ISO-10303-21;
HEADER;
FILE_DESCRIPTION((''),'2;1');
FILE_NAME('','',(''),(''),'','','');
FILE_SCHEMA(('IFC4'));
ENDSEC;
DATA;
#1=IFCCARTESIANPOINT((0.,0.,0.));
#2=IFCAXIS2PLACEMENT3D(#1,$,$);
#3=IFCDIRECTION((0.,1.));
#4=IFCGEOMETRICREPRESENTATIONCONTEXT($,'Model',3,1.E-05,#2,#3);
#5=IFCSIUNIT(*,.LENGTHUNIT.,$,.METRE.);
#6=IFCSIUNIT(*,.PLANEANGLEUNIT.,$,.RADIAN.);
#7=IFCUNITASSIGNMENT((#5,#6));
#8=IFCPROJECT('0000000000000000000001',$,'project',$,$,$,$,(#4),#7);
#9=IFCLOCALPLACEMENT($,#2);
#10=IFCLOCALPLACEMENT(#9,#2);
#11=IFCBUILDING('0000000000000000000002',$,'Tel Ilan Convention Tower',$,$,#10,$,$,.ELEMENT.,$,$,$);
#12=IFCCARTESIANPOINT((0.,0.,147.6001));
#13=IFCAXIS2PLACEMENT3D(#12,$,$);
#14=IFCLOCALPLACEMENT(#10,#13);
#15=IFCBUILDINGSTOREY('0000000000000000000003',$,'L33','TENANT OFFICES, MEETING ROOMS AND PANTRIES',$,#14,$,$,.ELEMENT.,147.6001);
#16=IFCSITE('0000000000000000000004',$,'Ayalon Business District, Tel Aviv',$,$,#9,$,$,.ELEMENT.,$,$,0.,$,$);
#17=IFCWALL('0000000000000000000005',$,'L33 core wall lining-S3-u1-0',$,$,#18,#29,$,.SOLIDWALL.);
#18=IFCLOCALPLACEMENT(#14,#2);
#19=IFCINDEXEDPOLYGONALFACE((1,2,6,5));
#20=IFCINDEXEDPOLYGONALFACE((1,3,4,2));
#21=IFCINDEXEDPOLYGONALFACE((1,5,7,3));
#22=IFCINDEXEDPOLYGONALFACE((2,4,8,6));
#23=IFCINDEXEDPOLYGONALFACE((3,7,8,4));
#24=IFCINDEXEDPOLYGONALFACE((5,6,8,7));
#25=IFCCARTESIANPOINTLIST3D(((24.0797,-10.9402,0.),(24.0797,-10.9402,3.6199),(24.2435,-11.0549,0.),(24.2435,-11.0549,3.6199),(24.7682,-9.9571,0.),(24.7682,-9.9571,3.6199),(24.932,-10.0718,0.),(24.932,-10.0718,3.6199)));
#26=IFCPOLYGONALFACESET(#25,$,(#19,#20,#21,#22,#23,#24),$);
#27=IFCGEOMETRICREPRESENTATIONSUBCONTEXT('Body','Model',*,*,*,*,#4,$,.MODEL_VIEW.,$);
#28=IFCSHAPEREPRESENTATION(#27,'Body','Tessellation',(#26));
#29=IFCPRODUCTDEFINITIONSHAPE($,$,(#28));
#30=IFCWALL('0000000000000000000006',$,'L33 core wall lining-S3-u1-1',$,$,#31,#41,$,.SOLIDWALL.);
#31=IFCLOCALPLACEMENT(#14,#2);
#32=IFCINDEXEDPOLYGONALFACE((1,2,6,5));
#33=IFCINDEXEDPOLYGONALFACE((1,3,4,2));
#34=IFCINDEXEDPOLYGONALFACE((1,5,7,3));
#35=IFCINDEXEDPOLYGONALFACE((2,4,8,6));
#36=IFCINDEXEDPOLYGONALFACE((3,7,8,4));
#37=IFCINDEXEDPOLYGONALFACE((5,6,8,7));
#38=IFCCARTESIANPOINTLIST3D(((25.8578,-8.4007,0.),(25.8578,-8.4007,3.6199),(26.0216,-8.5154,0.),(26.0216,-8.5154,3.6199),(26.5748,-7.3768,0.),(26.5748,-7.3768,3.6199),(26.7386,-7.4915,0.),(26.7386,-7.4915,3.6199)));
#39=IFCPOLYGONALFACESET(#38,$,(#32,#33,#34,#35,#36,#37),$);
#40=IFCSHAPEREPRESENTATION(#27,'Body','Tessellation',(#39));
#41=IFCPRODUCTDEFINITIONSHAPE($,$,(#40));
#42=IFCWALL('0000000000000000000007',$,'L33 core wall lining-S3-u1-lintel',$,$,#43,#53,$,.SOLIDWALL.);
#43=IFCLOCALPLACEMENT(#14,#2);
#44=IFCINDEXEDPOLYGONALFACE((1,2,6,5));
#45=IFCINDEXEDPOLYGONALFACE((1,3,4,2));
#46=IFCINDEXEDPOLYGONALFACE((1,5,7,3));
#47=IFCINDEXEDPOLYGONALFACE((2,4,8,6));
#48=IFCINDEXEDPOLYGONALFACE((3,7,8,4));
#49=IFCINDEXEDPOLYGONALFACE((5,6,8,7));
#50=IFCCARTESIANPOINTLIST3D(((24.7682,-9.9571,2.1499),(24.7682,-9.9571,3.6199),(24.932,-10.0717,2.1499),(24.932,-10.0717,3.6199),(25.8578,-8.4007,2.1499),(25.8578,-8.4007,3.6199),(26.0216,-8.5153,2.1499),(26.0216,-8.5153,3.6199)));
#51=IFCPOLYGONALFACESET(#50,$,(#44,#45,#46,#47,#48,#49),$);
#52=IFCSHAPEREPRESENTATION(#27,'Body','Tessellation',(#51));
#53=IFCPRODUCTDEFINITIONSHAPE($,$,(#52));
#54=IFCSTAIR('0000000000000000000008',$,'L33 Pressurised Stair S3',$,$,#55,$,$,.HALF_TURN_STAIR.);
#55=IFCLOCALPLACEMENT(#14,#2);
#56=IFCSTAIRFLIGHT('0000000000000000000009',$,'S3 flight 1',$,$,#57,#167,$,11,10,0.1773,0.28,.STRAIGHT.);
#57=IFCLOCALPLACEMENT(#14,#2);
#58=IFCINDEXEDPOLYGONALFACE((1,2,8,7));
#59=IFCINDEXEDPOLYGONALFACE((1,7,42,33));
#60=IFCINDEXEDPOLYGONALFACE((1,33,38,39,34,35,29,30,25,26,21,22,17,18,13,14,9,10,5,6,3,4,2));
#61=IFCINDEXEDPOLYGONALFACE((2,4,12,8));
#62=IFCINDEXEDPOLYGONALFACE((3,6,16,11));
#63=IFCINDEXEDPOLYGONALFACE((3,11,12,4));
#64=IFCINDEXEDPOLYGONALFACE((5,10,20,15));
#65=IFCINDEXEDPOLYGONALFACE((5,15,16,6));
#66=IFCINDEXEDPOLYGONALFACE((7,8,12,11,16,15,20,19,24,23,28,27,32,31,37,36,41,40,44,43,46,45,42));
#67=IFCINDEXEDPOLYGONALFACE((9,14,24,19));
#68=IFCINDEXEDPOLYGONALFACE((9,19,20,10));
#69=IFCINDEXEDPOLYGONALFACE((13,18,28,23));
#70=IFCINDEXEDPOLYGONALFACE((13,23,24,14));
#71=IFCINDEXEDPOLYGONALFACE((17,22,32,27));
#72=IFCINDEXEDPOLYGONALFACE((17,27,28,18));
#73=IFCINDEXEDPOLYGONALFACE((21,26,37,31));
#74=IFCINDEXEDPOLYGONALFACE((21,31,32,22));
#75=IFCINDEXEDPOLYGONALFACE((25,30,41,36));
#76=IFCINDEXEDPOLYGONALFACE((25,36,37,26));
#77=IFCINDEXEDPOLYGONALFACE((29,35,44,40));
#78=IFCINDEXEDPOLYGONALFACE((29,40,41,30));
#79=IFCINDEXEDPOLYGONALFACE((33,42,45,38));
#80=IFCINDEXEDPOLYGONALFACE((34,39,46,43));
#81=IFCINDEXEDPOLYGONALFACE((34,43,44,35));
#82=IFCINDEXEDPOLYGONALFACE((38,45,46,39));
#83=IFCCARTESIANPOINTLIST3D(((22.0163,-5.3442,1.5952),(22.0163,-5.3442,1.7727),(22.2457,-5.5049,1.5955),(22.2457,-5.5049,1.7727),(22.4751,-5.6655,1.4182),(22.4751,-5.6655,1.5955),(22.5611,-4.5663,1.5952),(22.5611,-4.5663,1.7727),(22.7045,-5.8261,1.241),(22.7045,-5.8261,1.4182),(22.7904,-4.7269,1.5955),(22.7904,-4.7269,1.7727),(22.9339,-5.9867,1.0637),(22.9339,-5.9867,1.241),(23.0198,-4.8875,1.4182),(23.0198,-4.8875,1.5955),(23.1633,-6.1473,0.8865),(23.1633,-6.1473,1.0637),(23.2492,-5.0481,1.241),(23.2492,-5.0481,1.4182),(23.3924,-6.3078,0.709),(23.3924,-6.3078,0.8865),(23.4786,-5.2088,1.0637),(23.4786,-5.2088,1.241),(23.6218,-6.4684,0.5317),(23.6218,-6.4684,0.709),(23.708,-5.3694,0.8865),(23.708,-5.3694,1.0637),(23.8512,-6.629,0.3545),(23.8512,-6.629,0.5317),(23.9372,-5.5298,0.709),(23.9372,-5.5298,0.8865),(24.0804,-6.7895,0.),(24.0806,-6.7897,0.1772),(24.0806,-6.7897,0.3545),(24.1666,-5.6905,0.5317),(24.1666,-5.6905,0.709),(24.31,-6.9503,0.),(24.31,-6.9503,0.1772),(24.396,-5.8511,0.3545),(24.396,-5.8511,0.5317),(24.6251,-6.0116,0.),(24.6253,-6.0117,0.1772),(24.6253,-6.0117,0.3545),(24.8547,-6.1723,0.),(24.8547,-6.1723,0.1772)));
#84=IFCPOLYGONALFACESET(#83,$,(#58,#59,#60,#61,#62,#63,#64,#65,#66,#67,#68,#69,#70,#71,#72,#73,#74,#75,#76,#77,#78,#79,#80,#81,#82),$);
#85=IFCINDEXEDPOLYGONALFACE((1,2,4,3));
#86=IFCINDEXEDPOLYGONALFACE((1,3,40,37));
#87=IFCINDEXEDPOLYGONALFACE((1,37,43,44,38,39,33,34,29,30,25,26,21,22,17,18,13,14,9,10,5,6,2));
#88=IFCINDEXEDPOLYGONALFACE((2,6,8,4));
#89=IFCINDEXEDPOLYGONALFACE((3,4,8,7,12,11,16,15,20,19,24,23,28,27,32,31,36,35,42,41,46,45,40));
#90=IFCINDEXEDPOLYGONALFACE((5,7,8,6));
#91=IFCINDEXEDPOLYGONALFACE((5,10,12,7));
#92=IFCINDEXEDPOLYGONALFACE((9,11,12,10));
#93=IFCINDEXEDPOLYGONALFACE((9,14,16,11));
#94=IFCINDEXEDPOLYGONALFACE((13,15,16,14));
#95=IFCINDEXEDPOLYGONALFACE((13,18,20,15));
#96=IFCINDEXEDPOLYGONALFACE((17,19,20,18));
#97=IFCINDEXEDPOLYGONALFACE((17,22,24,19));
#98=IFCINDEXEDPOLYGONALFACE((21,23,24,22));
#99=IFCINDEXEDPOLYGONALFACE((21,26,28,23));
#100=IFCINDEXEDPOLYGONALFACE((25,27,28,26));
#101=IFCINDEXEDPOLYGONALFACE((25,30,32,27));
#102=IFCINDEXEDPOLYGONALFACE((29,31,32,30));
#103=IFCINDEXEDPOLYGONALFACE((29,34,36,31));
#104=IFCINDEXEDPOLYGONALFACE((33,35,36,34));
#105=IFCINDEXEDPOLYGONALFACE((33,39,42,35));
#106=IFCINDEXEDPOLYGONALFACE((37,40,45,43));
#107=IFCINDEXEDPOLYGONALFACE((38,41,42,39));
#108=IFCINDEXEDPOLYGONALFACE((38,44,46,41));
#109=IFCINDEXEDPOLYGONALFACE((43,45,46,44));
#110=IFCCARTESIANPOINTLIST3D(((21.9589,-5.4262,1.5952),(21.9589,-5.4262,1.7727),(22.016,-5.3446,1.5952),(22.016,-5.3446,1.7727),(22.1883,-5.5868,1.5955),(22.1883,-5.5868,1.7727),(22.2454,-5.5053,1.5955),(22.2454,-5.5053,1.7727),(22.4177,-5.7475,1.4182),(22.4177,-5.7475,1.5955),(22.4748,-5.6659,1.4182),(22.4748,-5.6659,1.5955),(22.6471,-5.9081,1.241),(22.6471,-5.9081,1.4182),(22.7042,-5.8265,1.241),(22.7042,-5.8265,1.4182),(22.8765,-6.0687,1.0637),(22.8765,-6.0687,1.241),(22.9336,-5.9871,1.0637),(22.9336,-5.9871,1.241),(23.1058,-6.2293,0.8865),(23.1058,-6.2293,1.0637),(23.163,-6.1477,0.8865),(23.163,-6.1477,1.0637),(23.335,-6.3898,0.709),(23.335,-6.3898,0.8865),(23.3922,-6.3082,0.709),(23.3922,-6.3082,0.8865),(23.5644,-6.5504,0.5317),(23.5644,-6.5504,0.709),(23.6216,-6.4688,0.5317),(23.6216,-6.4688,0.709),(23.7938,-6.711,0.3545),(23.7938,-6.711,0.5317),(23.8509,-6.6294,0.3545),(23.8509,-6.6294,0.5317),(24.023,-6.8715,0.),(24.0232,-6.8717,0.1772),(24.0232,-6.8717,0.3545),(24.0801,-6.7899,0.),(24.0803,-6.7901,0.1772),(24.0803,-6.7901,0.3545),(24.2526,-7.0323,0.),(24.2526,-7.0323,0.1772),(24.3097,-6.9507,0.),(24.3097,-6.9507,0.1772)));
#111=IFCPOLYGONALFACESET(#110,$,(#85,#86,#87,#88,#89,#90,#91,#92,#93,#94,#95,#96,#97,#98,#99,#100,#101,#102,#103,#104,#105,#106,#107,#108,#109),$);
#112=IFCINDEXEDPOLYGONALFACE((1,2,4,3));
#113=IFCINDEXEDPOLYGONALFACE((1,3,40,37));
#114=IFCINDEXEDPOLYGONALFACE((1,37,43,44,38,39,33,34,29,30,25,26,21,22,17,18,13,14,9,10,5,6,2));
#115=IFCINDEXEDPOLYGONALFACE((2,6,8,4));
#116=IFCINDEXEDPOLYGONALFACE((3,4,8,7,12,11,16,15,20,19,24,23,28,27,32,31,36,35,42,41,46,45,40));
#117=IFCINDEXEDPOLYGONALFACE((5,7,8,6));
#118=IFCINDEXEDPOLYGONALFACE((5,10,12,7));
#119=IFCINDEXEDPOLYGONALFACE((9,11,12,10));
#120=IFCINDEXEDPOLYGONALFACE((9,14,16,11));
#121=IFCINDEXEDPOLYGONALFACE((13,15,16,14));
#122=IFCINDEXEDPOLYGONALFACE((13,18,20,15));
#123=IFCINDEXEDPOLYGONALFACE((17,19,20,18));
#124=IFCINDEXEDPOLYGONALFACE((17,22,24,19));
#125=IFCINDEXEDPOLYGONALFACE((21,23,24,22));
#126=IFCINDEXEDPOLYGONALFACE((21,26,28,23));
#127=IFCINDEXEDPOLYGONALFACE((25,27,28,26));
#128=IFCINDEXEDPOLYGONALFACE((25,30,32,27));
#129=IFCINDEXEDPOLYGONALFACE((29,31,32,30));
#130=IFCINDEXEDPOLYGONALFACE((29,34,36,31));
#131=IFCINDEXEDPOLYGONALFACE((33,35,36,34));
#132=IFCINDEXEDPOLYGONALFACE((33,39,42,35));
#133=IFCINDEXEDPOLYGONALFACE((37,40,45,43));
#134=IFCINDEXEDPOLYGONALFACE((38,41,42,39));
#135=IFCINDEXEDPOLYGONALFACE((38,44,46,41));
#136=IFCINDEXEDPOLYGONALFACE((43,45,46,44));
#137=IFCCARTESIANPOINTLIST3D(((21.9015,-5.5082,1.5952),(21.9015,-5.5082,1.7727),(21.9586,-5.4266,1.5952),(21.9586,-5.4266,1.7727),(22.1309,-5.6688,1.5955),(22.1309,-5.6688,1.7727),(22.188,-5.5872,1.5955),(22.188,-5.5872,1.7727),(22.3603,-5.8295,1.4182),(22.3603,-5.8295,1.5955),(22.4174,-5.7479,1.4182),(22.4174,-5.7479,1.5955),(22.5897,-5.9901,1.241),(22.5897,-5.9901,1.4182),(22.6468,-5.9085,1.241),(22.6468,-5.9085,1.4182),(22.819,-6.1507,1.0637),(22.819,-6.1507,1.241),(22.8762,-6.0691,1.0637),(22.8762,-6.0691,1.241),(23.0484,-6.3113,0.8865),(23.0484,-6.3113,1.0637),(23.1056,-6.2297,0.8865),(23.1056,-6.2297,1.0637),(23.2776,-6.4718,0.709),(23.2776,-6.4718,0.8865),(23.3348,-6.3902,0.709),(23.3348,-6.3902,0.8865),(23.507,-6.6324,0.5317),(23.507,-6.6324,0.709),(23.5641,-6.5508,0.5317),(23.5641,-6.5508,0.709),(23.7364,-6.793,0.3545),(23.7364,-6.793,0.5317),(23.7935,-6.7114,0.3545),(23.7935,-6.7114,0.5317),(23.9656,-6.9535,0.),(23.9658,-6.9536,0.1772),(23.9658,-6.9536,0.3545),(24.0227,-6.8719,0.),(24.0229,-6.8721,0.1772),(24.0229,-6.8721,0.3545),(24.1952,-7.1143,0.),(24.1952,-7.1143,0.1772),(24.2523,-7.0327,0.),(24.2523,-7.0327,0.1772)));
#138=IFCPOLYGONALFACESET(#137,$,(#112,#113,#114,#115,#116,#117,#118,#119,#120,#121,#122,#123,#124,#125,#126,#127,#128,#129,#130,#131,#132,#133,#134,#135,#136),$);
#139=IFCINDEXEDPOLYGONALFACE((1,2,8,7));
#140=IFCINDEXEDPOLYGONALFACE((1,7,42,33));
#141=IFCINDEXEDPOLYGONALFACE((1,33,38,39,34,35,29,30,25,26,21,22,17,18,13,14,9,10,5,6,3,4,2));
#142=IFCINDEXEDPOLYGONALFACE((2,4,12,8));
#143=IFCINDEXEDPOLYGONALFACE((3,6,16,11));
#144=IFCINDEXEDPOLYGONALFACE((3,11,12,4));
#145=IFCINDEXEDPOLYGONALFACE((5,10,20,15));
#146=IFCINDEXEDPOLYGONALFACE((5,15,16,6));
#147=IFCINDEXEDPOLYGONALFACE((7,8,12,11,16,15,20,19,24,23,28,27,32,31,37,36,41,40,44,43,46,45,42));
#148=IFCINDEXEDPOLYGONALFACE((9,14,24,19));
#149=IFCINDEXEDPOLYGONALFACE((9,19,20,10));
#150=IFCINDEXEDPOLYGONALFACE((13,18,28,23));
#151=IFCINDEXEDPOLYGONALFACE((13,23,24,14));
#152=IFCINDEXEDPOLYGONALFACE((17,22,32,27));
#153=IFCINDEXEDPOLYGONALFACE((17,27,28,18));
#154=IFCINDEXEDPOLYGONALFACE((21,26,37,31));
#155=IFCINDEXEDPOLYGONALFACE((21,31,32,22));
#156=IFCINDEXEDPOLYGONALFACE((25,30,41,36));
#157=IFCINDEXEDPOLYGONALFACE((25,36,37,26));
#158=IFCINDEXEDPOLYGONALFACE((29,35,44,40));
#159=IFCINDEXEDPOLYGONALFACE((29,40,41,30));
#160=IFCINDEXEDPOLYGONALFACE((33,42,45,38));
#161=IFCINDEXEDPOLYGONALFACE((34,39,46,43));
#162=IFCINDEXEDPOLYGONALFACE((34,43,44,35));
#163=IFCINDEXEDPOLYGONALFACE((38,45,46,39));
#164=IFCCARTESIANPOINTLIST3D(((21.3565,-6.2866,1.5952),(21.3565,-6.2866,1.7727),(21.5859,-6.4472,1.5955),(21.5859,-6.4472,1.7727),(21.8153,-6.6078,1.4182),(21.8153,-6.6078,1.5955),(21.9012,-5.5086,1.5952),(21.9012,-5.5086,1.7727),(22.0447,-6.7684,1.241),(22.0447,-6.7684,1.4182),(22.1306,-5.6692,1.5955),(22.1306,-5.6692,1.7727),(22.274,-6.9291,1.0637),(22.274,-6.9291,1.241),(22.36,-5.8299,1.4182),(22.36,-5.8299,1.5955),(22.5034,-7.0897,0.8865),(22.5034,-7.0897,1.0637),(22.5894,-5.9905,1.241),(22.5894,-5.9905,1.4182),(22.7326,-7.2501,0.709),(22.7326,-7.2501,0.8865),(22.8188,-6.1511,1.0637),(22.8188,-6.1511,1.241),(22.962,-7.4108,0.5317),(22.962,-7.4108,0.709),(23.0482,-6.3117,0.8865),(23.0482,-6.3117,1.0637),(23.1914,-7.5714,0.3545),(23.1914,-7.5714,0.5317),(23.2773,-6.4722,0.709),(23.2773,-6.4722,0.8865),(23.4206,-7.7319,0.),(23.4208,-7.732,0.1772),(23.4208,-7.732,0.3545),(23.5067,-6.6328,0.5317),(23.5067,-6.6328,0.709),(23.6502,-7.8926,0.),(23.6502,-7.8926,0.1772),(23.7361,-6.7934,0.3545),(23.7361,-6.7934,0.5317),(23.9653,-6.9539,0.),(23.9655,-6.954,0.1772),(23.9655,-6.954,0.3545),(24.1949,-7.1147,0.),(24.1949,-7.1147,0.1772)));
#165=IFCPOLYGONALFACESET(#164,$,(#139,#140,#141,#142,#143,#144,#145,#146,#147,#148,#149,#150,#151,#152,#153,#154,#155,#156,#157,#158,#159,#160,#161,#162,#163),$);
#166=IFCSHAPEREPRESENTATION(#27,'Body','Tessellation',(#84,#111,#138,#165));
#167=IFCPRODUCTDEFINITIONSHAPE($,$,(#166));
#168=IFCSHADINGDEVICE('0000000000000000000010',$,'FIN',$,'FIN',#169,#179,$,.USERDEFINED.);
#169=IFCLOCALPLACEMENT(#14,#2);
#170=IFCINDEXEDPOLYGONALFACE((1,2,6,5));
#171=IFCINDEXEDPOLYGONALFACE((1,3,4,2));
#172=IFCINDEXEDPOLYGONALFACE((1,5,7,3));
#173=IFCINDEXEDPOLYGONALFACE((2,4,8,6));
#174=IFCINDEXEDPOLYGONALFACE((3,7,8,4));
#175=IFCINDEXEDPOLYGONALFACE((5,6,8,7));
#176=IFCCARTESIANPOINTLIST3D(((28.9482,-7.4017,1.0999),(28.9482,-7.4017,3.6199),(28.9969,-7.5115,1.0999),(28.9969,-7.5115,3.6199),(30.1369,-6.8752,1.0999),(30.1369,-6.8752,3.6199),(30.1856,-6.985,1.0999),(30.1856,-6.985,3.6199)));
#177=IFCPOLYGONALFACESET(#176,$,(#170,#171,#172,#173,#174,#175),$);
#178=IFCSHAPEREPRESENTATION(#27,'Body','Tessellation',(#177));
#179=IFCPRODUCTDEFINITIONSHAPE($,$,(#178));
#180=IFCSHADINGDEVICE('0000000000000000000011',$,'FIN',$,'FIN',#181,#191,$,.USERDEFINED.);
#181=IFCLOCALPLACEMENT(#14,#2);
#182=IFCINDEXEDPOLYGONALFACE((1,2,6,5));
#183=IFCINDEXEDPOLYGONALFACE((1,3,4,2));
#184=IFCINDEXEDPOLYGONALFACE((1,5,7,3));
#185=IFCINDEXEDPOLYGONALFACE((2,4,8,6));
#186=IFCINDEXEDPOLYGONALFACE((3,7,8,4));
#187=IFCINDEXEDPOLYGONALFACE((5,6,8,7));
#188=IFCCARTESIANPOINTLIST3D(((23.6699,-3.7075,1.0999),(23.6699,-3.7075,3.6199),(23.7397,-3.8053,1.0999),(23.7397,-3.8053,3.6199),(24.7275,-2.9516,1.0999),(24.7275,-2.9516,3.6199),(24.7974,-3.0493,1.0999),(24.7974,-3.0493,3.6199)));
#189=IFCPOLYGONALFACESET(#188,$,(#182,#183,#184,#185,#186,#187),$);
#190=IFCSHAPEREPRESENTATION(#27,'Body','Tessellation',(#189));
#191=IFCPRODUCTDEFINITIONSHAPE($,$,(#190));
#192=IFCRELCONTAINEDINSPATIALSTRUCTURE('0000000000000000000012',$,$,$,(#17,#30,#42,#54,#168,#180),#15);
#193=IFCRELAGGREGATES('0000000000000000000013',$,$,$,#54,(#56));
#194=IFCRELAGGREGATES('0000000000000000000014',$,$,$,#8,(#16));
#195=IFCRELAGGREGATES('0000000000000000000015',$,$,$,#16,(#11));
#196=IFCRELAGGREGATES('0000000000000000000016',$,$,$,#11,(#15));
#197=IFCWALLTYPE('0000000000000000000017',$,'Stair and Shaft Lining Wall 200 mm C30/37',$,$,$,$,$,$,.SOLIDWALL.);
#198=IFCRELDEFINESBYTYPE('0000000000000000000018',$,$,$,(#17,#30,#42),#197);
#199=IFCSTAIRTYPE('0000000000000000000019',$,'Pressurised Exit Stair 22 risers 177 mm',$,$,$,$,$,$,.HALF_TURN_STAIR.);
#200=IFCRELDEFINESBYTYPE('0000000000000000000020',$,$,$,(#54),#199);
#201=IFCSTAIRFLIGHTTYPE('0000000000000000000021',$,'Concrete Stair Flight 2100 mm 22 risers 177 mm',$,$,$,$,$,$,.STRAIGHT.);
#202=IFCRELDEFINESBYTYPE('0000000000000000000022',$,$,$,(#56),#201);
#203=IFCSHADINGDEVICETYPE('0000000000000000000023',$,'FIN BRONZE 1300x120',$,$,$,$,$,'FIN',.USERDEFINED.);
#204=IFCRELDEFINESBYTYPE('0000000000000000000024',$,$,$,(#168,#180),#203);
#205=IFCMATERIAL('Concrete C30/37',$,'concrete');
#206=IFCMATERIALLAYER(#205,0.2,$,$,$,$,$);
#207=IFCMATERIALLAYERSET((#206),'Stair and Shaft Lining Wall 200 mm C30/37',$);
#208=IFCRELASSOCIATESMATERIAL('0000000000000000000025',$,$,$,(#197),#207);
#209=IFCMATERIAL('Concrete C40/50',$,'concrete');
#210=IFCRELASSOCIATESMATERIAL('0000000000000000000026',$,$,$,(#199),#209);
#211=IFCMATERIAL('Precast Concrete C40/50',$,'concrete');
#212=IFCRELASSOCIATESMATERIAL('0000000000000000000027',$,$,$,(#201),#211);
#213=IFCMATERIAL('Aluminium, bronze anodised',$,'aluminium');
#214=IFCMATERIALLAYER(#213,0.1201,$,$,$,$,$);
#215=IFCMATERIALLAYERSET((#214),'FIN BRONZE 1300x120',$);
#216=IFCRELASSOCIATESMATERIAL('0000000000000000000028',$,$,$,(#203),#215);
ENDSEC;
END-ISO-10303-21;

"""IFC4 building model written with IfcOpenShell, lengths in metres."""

from ifc_helpers import new_model, si_unit, direction, frame, frame_2d, origin, origin_2d, place, context, subcontext, project, spatial, polyline, rectangle, outline, extrude, material, layer, layer_set, type_object, element, aggregate, save


model = new_model("IFC4")

# Units and contexts
model_context = context("Model", 3, precision=1e-05, world=origin(), true_north=direction((0.0, 1.0)))
body_context = subcontext(model_context, "Body", "Model", "MODEL_VIEW")
ifc_project = project(units=[si_unit("LENGTHUNIT", "METRE"), si_unit("PLANEANGLEUNIT", "RADIAN")], contexts=[model_context])

# Site, building, storey
site_placement = place(None, origin())
site = spatial("IfcSite", under=ifc_project, at=site_placement, Name="Ayalon Business District, Tel Aviv", CompositionType="ELEMENT", RefElevation=0.0)
building_placement = place(site_placement, origin())
building = spatial("IfcBuilding", under=site, at=building_placement, Name="Tel Ilan Convention Tower", CompositionType="ELEMENT")
storey_placement = place(building_placement, frame((0.0, 0.0, 147.6001)))
storey = spatial("IfcBuildingStorey", under=building, at=storey_placement, Name="L33", Description="TENANT OFFICES, MEETING ROOMS AND PANTRIES", CompositionType="ELEMENT", Elevation=147.6001)

# Walls
ifc_material_1 = material(Name="Concrete C30/37", Category="concrete")
ifc_layer_1 = layer(ifc_material_1, 0.2)
ifc_layer_set_1 = layer_set([ifc_layer_1], Name="Stair and Shaft Lining Wall 200 mm C30/37")
wall_type_1 = type_object("IfcWallType", Name="Stair and Shaft Lining Wall 200 mm C30/37", PredefinedType="SOLIDWALL", material=ifc_layer_set_1)
wall_1_placement = place(storey_placement, frame((24.1616, -10.9976, 0.0), z_axis=(0.0, 0.0, 1.0), x_axis=(0.573613, 0.819127, 0.0)))
element("IfcWall", 1, at=wall_1_placement, inside=storey, type_object=wall_type_1, Name="L33 core wall lining-S3-u1-0", PredefinedType="SOLIDWALL", context=body_context, shape_type="SweptSolid", body=[
    extrude(rectangle(XDim=1.2002, YDim=0.2, at=frame_2d((0.6001, 0.0))), origin(), (0.0, 0.0, 1.0), 3.6199),
])
wall_2_placement = place(storey_placement, frame((25.9397, -8.458, 0.0), z_axis=(0.0, 0.0, 1.0), x_axis=(0.57362, 0.819122, 0.0)))
element("IfcWall", 2, at=wall_2_placement, inside=storey, type_object=wall_type_1, Name="L33 core wall lining-S3-u1-1", PredefinedType="SOLIDWALL", context=body_context, shape_type="SweptSolid", body=[
    extrude(rectangle(XDim=1.25, YDim=0.2, at=frame_2d((0.625, 0.0))), origin(), (0.0, 0.0, 1.0), 3.6199),
])
wall_3_placement = place(storey_placement, frame((24.8501, -10.0144, 2.1499), z_axis=(0.0, 0.0, 1.0), x_axis=(0.573505, 0.819202, 0.0)))
element("IfcWall", 3, at=wall_3_placement, inside=storey, type_object=wall_type_1, Name="L33 core wall lining-S3-u1-lintel", PredefinedType="SOLIDWALL", context=body_context, shape_type="SweptSolid", body=[
    extrude(rectangle(XDim=1.8999, YDim=0.2, at=frame_2d((0.95, 0.0))), origin(), (0.0, 0.0, 1.0), 1.47),
])

# Stair, stair flight
ifc_material_2 = material(Name="Concrete C40/50", Category="concrete")
stair_type = type_object("IfcStairType", Name="Pressurised Exit Stair 22 risers 177 mm", PredefinedType="HALF_TURN_STAIR", material=ifc_material_2)
stair_placement = place(storey_placement, origin())
stair = element("IfcStair", 4, at=stair_placement, inside=storey, type_object=stair_type, Name="L33 Pressurised Stair S3", PredefinedType="HALF_TURN_STAIR")
ifc_material_3 = material(Name="Precast Concrete C40/50", Category="concrete")
stair_flight_type = type_object("IfcStairFlightType", Name="Concrete Stair Flight 2100 mm 22 risers 177 mm", PredefinedType="STRAIGHT", material=ifc_material_3)
stair_flight_placement = place(storey_placement, frame((24.2524, -7.0325, 0.0), z_axis=(0.0, 0.0, 1.0), x_axis=(-0.819152, 0.573576, 0.0)))
stair_flight = element("IfcStairFlight", 5, at=stair_flight_placement, type_object=stair_flight_type, Name="S3 flight 1", NumberOfRisers=11, NumberOfTreads=10, PredefinedType="STRAIGHT", RiserHeight=0.1773, TreadLength=0.28, context=body_context, shape_type="SweptSolid", body=[
    extrude(outline(polyline([(0.0, 0.0), (0.0, 0.1772), (0.28, 0.1772), (0.28, 0.3545), (0.5601, 0.3545), (0.5601, 0.5317), (0.8401, 0.5317), (0.8401, 0.709), (1.1201, 0.709), (1.1201, 0.8865), (1.3999, 0.8865), (1.3999, 1.0637), (1.6799, 1.0637), (1.6799, 1.241), (1.96, 1.241), (1.96, 1.4182), (2.24, 1.4182), (2.24, 1.5955), (2.52, 1.5955), (2.52, 1.7727), (2.8, 1.7727), (2.8, 1.95), (2.8, 1.5952), (0.2803, 0.0), (0.0, 0.0)])), frame((0.0, -0.1003, 0.0), z_axis=(0.0, -1.0, 0.0), x_axis=(1.0, 0.0, 0.0)), (0.0, 0.0, 1.0), 0.9497),
    extrude(outline(polyline([(0.0, 0.0), (0.0, 0.1772), (0.28, 0.1772), (0.28, 0.3545), (0.5601, 0.3545), (0.5601, 0.5317), (0.8401, 0.5317), (0.8401, 0.709), (1.1201, 0.709), (1.1201, 0.8865), (1.3999, 0.8865), (1.3999, 1.0637), (1.6799, 1.0637), (1.6799, 1.241), (1.96, 1.241), (1.96, 1.4182), (2.24, 1.4182), (2.24, 1.5955), (2.52, 1.5955), (2.52, 1.7727), (2.8, 1.7727), (2.8, 1.95), (2.8, 1.5952), (0.2803, 0.0), (0.0, 0.0)])), frame((0.0, -0.0002, 0.0), z_axis=(0.0, -1.0, 0.0), x_axis=(1.0, 0.0, 0.0)), (0.0, 0.0, 1.0), 0.0996),
    extrude(outline(polyline([(0.0, 0.0), (0.0, 0.1772), (0.28, 0.1772), (0.28, 0.3545), (0.5601, 0.3545), (0.5601, 0.5317), (0.8401, 0.5317), (0.8401, 0.709), (1.1201, 0.709), (1.1201, 0.8865), (1.3999, 0.8865), (1.3999, 1.0637), (1.6799, 1.0637), (1.6799, 1.241), (1.96, 1.241), (1.96, 1.4182), (2.24, 1.4182), (2.24, 1.5955), (2.52, 1.5955), (2.52, 1.7727), (2.8, 1.7727), (2.8, 1.95), (2.8, 1.5952), (0.2803, 0.0), (0.0, 0.0)])), frame((0.0, 0.0999, 0.0), z_axis=(0.0, -1.0, 0.0), x_axis=(1.0, 0.0, 0.0)), (0.0, 0.0, 1.0), 0.0996),
    extrude(outline(polyline([(0.0, 0.0), (0.0, 0.1772), (0.28, 0.1772), (0.28, 0.3545), (0.5601, 0.3545), (0.5601, 0.5317), (0.8401, 0.5317), (0.8401, 0.709), (1.1201, 0.709), (1.1201, 0.8865), (1.3999, 0.8865), (1.3999, 1.0637), (1.6799, 1.0637), (1.6799, 1.241), (1.96, 1.241), (1.96, 1.4182), (2.24, 1.4182), (2.24, 1.5955), (2.52, 1.5955), (2.52, 1.7727), (2.8, 1.7727), (2.8, 1.95), (2.8, 1.5952), (0.2803, 0.0), (0.0, 0.0)])), frame((0.0, 1.05, 0.0), z_axis=(0.0, -1.0, 0.0), x_axis=(1.0, 0.0, 0.0)), (0.0, 0.0, 1.0), 0.9497),
])
aggregate(stair, [stair_flight])

# Shading devices
ifc_material_4 = material(Name="Aluminium, bronze anodised", Category="aluminium")
ifc_layer_2 = layer(ifc_material_4, 0.1201)
ifc_layer_set_2 = layer_set([ifc_layer_2], Name="FIN BRONZE 1300x120")
shading_device_type = type_object("IfcShadingDeviceType", Name="FIN BRONZE 1300x120", ElementType="FIN", PredefinedType="USERDEFINED", material=ifc_layer_set_2)
for number, where, z_axis, x_axis, name in (
    (6, (29.5669, -7.1934, 1.0999), (0.0, 0.0, 1.0), (0.914333, 0.404964, 0.0), "FIN"),
    (7, (24.2336, -3.3784, 1.0999), (0.0, 0.0, 1.0), (0.813552, 0.581492, 0.0), "FIN"),
):
    element("IfcShadingDevice", number, at=place(storey_placement, frame(where, z_axis=z_axis, x_axis=x_axis)), inside=storey, type_object=shading_device_type, Name=name, ObjectType="FIN", PredefinedType="USERDEFINED", context=body_context, shape_type="SweptSolid", body=[
        extrude(rectangle(XDim=1.3, YDim=0.1201, at=origin_2d()), origin(), (0.0, 0.0, 1.0), 2.52),
    ])

save(model, "model.ifc")
